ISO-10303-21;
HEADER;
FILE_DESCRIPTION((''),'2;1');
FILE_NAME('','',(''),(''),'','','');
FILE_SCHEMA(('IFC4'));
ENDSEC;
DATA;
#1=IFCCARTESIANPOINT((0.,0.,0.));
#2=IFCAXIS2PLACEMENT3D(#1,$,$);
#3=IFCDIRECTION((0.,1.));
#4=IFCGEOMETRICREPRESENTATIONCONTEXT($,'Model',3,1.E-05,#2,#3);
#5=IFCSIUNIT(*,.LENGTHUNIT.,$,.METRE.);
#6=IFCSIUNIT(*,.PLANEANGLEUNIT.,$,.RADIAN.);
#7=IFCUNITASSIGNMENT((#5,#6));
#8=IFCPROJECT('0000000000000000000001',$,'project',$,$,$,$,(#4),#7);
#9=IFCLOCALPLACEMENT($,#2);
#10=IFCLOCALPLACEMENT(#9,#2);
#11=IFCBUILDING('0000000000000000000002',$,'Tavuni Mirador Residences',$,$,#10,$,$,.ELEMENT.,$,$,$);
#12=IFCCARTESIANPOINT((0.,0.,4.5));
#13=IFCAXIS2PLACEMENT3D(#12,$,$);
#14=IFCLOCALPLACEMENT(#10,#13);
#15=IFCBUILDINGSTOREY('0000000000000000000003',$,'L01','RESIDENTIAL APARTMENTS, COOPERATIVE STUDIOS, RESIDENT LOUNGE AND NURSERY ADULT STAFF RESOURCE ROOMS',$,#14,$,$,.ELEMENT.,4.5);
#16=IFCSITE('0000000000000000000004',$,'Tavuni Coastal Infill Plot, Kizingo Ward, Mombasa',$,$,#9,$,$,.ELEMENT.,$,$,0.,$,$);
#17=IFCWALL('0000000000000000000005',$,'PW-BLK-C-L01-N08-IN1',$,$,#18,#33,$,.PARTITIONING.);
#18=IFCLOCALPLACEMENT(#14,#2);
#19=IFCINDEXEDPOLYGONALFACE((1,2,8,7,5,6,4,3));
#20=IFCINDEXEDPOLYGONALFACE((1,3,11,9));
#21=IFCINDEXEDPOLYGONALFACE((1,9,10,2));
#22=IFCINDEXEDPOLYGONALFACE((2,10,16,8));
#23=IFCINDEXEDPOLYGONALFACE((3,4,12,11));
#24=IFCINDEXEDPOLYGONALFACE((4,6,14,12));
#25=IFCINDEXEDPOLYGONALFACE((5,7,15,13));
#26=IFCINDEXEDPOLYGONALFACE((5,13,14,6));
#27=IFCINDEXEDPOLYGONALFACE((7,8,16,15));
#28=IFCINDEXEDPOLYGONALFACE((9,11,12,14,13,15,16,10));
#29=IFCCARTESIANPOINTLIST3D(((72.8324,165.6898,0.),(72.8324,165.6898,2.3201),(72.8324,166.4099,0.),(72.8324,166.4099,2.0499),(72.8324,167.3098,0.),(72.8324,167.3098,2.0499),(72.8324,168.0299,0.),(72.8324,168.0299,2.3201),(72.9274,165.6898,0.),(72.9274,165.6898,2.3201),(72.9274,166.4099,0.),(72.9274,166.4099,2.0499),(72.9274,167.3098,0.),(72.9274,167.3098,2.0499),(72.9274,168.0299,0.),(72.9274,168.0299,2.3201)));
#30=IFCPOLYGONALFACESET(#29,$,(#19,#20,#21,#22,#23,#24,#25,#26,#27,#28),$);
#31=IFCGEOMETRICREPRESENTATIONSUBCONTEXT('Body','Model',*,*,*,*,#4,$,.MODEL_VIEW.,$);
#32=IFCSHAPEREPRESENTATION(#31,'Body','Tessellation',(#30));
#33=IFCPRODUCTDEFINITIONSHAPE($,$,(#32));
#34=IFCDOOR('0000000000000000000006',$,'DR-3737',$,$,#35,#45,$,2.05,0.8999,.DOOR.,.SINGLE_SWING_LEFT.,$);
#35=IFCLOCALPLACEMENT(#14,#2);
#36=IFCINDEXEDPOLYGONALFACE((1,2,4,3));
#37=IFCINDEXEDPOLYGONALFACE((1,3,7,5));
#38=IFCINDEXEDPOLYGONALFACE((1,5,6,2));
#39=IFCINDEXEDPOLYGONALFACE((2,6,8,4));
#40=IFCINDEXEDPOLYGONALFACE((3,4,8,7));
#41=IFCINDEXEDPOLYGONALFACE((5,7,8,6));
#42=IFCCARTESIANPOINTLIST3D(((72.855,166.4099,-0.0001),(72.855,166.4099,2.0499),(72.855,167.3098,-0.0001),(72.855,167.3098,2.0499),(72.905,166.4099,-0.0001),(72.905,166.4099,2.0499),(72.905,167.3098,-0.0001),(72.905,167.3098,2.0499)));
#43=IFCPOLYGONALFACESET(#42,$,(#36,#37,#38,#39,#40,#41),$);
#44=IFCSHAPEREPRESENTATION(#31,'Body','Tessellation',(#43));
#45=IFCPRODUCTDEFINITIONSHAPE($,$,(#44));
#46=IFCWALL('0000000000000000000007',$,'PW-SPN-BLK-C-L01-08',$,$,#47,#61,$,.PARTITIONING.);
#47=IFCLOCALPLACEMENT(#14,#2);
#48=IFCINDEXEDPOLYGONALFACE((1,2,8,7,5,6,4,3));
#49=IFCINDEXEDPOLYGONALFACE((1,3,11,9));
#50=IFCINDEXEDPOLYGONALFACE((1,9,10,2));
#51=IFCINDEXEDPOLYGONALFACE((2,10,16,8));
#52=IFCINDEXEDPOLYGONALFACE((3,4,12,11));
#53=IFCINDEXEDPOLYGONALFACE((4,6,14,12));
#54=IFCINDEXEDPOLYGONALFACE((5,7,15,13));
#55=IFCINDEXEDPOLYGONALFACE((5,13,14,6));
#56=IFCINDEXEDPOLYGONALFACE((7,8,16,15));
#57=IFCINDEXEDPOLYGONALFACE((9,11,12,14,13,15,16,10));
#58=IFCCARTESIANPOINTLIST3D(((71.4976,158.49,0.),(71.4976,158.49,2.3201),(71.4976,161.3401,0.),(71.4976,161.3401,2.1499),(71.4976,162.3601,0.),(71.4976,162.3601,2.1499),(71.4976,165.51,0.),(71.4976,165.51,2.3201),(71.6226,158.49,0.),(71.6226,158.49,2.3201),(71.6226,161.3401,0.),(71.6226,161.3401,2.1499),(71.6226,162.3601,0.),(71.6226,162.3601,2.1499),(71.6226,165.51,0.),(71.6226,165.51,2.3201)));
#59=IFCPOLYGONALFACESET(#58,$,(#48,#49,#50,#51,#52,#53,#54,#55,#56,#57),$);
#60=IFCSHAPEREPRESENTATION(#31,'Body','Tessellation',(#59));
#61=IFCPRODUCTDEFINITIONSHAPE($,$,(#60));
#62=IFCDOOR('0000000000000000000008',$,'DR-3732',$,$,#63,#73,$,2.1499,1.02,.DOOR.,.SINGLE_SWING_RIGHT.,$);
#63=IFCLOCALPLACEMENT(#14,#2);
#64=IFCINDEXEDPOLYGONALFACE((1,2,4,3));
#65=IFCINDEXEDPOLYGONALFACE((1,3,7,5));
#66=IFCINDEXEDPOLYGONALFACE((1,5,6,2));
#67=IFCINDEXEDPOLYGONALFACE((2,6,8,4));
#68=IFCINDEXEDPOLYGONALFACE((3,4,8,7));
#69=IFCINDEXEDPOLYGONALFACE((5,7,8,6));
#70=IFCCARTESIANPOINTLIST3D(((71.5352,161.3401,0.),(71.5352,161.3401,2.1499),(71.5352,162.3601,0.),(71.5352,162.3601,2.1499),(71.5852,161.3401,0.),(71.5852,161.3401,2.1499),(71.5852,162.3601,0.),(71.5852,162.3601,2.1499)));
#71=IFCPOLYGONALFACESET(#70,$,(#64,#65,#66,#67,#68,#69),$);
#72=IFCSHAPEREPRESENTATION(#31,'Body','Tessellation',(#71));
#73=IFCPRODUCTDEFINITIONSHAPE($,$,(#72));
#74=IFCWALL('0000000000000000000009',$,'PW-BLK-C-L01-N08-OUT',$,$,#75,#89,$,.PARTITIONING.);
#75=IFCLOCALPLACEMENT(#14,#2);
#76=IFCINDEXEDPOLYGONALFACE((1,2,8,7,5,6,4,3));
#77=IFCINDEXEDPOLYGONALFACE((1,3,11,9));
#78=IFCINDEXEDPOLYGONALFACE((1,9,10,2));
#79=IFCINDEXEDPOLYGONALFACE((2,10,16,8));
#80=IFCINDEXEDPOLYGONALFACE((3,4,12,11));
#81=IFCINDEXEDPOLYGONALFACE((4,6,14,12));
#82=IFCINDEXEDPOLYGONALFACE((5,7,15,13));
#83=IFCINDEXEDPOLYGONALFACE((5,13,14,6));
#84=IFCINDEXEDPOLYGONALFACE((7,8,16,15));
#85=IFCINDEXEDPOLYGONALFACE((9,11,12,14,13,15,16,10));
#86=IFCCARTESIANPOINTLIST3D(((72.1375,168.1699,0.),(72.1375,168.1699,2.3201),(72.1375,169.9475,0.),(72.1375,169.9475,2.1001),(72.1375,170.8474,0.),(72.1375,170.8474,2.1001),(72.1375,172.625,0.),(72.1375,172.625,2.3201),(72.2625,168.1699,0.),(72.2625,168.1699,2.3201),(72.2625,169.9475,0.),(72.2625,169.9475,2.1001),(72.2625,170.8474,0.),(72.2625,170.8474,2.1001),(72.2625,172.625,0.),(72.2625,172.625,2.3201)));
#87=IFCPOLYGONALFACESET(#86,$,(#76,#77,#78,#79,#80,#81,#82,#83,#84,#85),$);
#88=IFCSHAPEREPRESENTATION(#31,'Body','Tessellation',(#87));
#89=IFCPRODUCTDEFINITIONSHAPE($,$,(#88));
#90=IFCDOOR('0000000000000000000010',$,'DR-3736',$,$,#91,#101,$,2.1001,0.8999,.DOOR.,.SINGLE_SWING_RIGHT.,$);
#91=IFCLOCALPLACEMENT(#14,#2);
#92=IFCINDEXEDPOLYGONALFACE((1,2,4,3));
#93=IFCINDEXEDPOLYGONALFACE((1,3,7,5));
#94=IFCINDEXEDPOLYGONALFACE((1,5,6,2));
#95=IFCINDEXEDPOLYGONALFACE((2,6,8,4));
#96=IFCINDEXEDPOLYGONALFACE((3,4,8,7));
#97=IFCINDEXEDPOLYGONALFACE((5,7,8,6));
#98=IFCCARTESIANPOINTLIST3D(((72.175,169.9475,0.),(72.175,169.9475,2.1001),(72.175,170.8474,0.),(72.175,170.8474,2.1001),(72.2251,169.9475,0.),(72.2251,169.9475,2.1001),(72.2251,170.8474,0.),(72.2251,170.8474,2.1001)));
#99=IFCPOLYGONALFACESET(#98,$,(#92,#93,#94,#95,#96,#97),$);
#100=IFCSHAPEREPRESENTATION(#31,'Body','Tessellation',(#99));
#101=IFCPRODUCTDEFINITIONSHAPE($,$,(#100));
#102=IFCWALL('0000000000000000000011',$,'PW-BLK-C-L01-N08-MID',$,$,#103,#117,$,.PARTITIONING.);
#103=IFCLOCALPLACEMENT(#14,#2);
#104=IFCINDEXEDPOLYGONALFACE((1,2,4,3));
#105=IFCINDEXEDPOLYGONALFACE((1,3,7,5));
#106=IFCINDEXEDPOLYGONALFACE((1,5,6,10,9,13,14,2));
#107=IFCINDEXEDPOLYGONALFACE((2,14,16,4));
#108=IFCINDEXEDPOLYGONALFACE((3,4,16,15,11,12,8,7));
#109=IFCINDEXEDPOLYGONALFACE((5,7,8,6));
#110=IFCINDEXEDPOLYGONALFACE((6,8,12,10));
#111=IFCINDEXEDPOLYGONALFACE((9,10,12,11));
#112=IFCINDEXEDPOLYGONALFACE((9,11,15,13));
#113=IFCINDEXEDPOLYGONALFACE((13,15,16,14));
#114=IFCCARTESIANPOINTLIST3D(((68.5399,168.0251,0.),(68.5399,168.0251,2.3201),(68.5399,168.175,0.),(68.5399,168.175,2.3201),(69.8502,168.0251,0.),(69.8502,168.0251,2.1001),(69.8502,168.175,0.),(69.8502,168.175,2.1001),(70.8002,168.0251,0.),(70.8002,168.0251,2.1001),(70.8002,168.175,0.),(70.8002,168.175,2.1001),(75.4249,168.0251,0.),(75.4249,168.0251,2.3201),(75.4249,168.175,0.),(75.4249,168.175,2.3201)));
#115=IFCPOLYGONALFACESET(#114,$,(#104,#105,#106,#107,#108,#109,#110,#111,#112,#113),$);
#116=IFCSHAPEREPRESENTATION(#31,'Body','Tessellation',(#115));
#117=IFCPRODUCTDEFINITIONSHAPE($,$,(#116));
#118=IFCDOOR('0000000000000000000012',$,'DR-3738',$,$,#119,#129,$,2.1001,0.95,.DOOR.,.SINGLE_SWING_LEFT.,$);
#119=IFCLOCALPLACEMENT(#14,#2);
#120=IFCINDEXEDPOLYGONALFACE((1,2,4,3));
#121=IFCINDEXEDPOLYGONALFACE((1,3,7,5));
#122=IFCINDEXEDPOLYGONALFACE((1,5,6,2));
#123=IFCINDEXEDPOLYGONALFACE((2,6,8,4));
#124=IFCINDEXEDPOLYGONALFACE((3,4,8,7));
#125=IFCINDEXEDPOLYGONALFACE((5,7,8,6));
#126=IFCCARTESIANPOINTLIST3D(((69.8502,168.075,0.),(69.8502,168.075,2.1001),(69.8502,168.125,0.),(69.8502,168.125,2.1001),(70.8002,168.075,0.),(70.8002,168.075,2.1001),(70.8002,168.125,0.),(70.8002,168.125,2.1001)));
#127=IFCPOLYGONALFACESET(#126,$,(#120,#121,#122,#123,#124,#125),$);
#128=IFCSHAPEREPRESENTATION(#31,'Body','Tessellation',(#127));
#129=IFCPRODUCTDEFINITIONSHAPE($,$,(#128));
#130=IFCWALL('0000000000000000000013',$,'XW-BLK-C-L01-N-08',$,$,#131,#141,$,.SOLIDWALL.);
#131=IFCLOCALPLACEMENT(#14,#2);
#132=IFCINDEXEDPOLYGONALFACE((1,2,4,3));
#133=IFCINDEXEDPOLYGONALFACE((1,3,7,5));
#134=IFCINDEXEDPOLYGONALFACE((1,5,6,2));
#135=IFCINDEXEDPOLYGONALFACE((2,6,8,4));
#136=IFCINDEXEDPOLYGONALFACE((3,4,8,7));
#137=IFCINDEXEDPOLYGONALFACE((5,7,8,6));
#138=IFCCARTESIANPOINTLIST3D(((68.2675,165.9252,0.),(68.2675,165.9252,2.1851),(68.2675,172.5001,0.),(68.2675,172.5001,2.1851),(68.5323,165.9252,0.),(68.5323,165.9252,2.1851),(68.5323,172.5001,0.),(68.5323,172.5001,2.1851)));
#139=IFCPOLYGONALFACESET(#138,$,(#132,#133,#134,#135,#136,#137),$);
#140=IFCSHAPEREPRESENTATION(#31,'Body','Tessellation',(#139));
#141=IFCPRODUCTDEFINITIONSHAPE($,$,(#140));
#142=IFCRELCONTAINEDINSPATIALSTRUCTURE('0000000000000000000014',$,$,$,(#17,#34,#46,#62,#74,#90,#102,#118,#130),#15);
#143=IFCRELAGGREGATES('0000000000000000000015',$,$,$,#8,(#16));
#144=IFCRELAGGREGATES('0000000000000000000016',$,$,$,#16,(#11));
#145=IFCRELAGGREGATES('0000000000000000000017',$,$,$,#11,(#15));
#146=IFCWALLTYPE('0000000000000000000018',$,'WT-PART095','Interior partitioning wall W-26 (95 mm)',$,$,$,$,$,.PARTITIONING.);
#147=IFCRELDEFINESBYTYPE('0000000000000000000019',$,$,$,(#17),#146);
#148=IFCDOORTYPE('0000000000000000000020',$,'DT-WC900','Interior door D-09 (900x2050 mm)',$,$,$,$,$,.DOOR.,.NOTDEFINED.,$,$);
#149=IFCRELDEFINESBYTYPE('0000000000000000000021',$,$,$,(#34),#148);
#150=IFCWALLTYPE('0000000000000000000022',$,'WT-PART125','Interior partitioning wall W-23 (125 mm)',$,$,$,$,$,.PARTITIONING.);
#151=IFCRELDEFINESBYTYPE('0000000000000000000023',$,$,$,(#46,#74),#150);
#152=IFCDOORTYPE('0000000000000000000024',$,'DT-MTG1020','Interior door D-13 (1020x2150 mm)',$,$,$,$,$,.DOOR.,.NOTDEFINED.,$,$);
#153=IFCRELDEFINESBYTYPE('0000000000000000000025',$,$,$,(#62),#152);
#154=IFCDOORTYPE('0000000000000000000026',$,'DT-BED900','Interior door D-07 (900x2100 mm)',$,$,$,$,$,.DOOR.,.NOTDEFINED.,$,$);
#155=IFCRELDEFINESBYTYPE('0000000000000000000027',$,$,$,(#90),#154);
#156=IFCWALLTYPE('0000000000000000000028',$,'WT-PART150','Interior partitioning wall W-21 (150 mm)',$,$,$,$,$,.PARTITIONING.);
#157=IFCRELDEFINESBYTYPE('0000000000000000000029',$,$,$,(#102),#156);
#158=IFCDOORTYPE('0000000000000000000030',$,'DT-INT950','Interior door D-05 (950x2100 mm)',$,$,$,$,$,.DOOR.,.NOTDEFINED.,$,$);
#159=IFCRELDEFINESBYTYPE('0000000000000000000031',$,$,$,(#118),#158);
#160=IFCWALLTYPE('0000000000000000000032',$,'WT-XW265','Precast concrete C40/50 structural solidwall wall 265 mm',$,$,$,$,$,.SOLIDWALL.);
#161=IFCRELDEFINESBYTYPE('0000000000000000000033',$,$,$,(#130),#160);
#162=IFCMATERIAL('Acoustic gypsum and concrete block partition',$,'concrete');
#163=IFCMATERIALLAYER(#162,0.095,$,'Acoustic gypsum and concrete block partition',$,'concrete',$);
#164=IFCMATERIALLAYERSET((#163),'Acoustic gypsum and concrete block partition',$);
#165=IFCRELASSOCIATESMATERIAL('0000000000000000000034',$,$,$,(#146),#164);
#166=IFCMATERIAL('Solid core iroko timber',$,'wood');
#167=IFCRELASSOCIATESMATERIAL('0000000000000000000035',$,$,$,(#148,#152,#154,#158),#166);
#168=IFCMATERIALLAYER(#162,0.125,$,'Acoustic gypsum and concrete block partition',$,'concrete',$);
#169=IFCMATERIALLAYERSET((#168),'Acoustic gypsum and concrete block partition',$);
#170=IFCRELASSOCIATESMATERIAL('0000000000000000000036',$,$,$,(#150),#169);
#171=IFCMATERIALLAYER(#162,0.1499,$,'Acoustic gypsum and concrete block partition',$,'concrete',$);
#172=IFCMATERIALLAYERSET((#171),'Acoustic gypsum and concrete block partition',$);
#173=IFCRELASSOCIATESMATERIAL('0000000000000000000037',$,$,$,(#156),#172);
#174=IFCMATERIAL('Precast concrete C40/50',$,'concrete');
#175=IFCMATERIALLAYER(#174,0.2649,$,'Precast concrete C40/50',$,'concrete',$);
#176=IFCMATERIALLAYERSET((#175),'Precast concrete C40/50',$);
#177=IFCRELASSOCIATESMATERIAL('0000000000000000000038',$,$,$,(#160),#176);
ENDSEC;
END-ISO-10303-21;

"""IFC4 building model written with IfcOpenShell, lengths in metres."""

from ifc_helpers import new_model, si_unit, direction, frame, frame_2d, origin, place, context, subcontext, project, spatial, rectangle, extrude, material, layer, layer_set, type_object, element, fill, save


model = new_model("IFC4")

# Units and contexts
model_context = context("Model", 3, precision=1e-05, world=origin(), true_north=direction((0.0, 1.0)))
body_context = subcontext(model_context, "Body", "Model", "MODEL_VIEW")
ifc_project = project(units=[si_unit("LENGTHUNIT", "METRE"), si_unit("PLANEANGLEUNIT", "RADIAN")], contexts=[model_context])

# Site, building, storey
site_placement = place(None, origin())
site = spatial("IfcSite", under=ifc_project, at=site_placement, Name="Tavuni Coastal Infill Plot, Kizingo Ward, Mombasa", CompositionType="ELEMENT", RefElevation=0.0)
building_placement = place(site_placement, origin())
building = spatial("IfcBuilding", under=site, at=building_placement, Name="Tavuni Mirador Residences", CompositionType="ELEMENT")
storey_placement = place(building_placement, frame((0.0, 0.0, 4.5)))
storey = spatial("IfcBuildingStorey", under=building, at=storey_placement, Name="L01", Description="RESIDENTIAL APARTMENTS, COOPERATIVE STUDIOS, RESIDENT LOUNGE AND NURSERY ADULT STAFF RESOURCE ROOMS", CompositionType="ELEMENT", Elevation=4.5)

# Shared definitions
ifc_material_1 = material(Name="Precast concrete C40/50", Category="concrete")

# Shared definitions
ifc_material_2 = material(Name="Solid core iroko timber", Category="wood")

# Walls, openings, doors
ifc_material_3 = material(Name="Acoustic gypsum and concrete block partition", Category="concrete")
ifc_layer_1 = layer(ifc_material_3, 0.095, Name="Acoustic gypsum and concrete block partition", Category="concrete")
ifc_layer_set_1 = layer_set([ifc_layer_1], Name="Acoustic gypsum and concrete block partition")
wall_type_1 = type_object("IfcWallType", Name="WT-PART095", Description="Interior partitioning wall W-26 (95 mm)", PredefinedType="PARTITIONING", material=ifc_layer_set_1)
wall_1_placement = place(storey_placement, frame((72.8799, 165.6899, 0.0), z_axis=(0.0, 0.0, 1.0), x_axis=(0.0, 1.0, 0.0)))
wall_1 = element("IfcWall", 1, at=wall_1_placement, inside=storey, type_object=wall_type_1, Name="PW-BLK-C-L01-N08-IN1", PredefinedType="PARTITIONING", context=body_context, shape_type="SweptSolid", body=[
    extrude(rectangle(XDim=2.3401, YDim=0.095, at=frame_2d((1.1699, 0.0))), origin(), (0.0, 0.0, 1.0), 2.3201),
])
opening_1_placement = place(wall_1_placement, frame((0.72, 0.0, 0.0)))
opening_1 = element("IfcOpeningElement", 2, at=opening_1_placement, cuts=wall_1, PredefinedType="OPENING", context=body_context, shape_type="SweptSolid", body=[
    extrude(rectangle(XDim=0.8999, YDim=2.05, at=frame_2d((0.45, 1.0249))), frame((0.0, 0.0576, 0.0), z_axis=(0.0, -1.0, 0.0), x_axis=(1.0, 0.0, 0.0)), (0.0, 0.0, 1.0), 0.115),
])
door_type_1 = type_object("IfcDoorType", Name="DT-WC900", Description="Interior door D-09 (900x2050 mm)", OperationType="NOTDEFINED", PredefinedType="DOOR", material=ifc_material_2)
door_1_placement = place(opening_1_placement, origin())
door_1 = element("IfcDoor", 3, at=door_1_placement, inside=storey, type_object=door_type_1, Name="DR-3737", OperationType="SINGLE_SWING_LEFT", OverallHeight=2.05, OverallWidth=0.8999, PredefinedType="DOOR", context=body_context, shape_type="SweptSolid", body=[
    extrude(rectangle(XDim=0.8999, YDim=2.05, at=frame_2d((0.45, 1.0249))), frame((0.0, 0.0249, 0.0), z_axis=(0.0, -1.0, 0.0), x_axis=(1.0, 0.0, 0.0)), (0.0, 0.0, 1.0), 0.05),
])
fill(opening_1, door_1)
ifc_layer_2 = layer(ifc_material_3, 0.125, Name="Acoustic gypsum and concrete block partition", Category="concrete")
ifc_layer_set_2 = layer_set([ifc_layer_2], Name="Acoustic gypsum and concrete block partition")
wall_type_2 = type_object("IfcWallType", Name="WT-PART125", Description="Interior partitioning wall W-23 (125 mm)", PredefinedType="PARTITIONING", material=ifc_layer_set_2)
wall_2_placement = place(storey_placement, frame((71.5601, 158.49, 0.0), z_axis=(0.0, 0.0, 1.0), x_axis=(0.0, 1.0, 0.0)))
wall_2 = element("IfcWall", 4, at=wall_2_placement, inside=storey, type_object=wall_type_2, Name="PW-SPN-BLK-C-L01-08", PredefinedType="PARTITIONING", context=body_context, shape_type="SweptSolid", body=[
    extrude(rectangle(XDim=7.02, YDim=0.125, at=frame_2d((3.51, 0.0))), origin(), (0.0, 0.0, 1.0), 2.3201),
])
opening_2_placement = place(wall_2_placement, frame((2.8501, 0.0, 0.0)))
opening_2 = element("IfcOpeningElement", 5, at=opening_2_placement, cuts=wall_2, PredefinedType="OPENING", context=body_context, shape_type="SweptSolid", body=[
    extrude(rectangle(XDim=1.02, YDim=2.1499, at=frame_2d((0.51, 1.075))), frame((0.0, 0.0725, 0.0), z_axis=(0.0, -1.0, 0.0), x_axis=(1.0, 0.0, 0.0)), (0.0, 0.0, 1.0), 0.145),
])
door_type_2 = type_object("IfcDoorType", Name="DT-MTG1020", Description="Interior door D-13 (1020x2150 mm)", OperationType="NOTDEFINED", PredefinedType="DOOR", material=ifc_material_2)
door_2_placement = place(opening_2_placement, origin())
door_2 = element("IfcDoor", 6, at=door_2_placement, inside=storey, type_object=door_type_2, Name="DR-3732", OperationType="SINGLE_SWING_RIGHT", OverallHeight=2.1499, OverallWidth=1.02, PredefinedType="DOOR", context=body_context, shape_type="SweptSolid", body=[
    extrude(rectangle(XDim=1.02, YDim=2.1499, at=frame_2d((0.51, 1.075))), frame((0.0, 0.0249, 0.0), z_axis=(0.0, -1.0, 0.0), x_axis=(1.0, 0.0, 0.0)), (0.0, 0.0, 1.0), 0.05),
])
fill(opening_2, door_2)
wall_3_placement = place(storey_placement, frame((72.2, 168.1699, 0.0), z_axis=(0.0, 0.0, 1.0), x_axis=(0.0, 1.0, 0.0)))
wall_3 = element("IfcWall", 7, at=wall_3_placement, inside=storey, type_object=wall_type_2, Name="PW-BLK-C-L01-N08-OUT", PredefinedType="PARTITIONING", context=body_context, shape_type="SweptSolid", body=[
    extrude(rectangle(XDim=4.4551, YDim=0.125, at=frame_2d((2.2275, 0.0))), origin(), (0.0, 0.0, 1.0), 2.3201),
])
opening_3_placement = place(wall_3_placement, frame((1.7776, 0.0, 0.0)))
opening_3 = element("IfcOpeningElement", 8, at=opening_3_placement, cuts=wall_3, PredefinedType="OPENING", context=body_context, shape_type="SweptSolid", body=[
    extrude(rectangle(XDim=0.8999, YDim=2.1001, at=frame_2d((0.45, 1.05))), frame((0.0, 0.0725, 0.0), z_axis=(0.0, -1.0, 0.0), x_axis=(1.0, 0.0, 0.0)), (0.0, 0.0, 1.0), 0.145),
])
door_type_3 = type_object("IfcDoorType", Name="DT-BED900", Description="Interior door D-07 (900x2100 mm)", OperationType="NOTDEFINED", PredefinedType="DOOR", material=ifc_material_2)
door_3_placement = place(opening_3_placement, origin())
door_3 = element("IfcDoor", 9, at=door_3_placement, inside=storey, type_object=door_type_3, Name="DR-3736", OperationType="SINGLE_SWING_RIGHT", OverallHeight=2.1001, OverallWidth=0.8999, PredefinedType="DOOR", context=body_context, shape_type="SweptSolid", body=[
    extrude(rectangle(XDim=0.8999, YDim=2.1001, at=frame_2d((0.45, 1.05))), frame((0.0, 0.0249, 0.0), z_axis=(0.0, -1.0, 0.0), x_axis=(1.0, 0.0, 0.0)), (0.0, 0.0, 1.0), 0.05),
])
fill(opening_3, door_3)
ifc_layer_3 = layer(ifc_material_3, 0.1499, Name="Acoustic gypsum and concrete block partition", Category="concrete")
ifc_layer_set_3 = layer_set([ifc_layer_3], Name="Acoustic gypsum and concrete block partition")
wall_type_3 = type_object("IfcWallType", Name="WT-PART150", Description="Interior partitioning wall W-21 (150 mm)", PredefinedType="PARTITIONING", material=ifc_layer_set_3)
wall_4_placement = place(storey_placement, frame((68.54, 168.1001, 0.0), z_axis=(0.0, 0.0, 1.0), x_axis=(1.0, 0.0, 0.0)))
wall_4 = element("IfcWall", 10, at=wall_4_placement, inside=storey, type_object=wall_type_3, Name="PW-BLK-C-L01-N08-MID", PredefinedType="PARTITIONING", context=body_context, shape_type="SweptSolid", body=[
    extrude(rectangle(XDim=6.885, YDim=0.1499, at=frame_2d((3.4424, 0.0))), origin(), (0.0, 0.0, 1.0), 2.3201),
])
opening_4_placement = place(wall_4_placement, frame((1.3101, 0.0, 0.0)))
opening_4 = element("IfcOpeningElement", 11, at=opening_4_placement, cuts=wall_4, PredefinedType="OPENING", context=body_context, shape_type="SweptSolid", body=[
    extrude(rectangle(XDim=0.95, YDim=2.1001, at=frame_2d((0.4751, 1.05))), frame((0.0, 0.085, 0.0), z_axis=(0.0, -1.0, 0.0), x_axis=(1.0, 0.0, 0.0)), (0.0, 0.0, 1.0), 0.1699),
])
door_type_4 = type_object("IfcDoorType", Name="DT-INT950", Description="Interior door D-05 (950x2100 mm)", OperationType="NOTDEFINED", PredefinedType="DOOR", material=ifc_material_2)
door_4_placement = place(opening_4_placement, origin())
door_4 = element("IfcDoor", 12, at=door_4_placement, inside=storey, type_object=door_type_4, Name="DR-3738", OperationType="SINGLE_SWING_LEFT", OverallHeight=2.1001, OverallWidth=0.95, PredefinedType="DOOR", context=body_context, shape_type="SweptSolid", body=[
    extrude(rectangle(XDim=0.95, YDim=2.1001, at=frame_2d((0.4751, 1.05))), frame((0.0, 0.0249, 0.0), z_axis=(0.0, -1.0, 0.0), x_axis=(1.0, 0.0, 0.0)), (0.0, 0.0, 1.0), 0.05),
])
fill(opening_4, door_4)

# Wall
ifc_layer_4 = layer(ifc_material_1, 0.2649, Name="Precast concrete C40/50", Category="concrete")
ifc_layer_set_4 = layer_set([ifc_layer_4], Name="Precast concrete C40/50")
wall_type_4 = type_object("IfcWallType", Name="WT-XW265", Description="Precast concrete C40/50 structural solidwall wall 265 mm", PredefinedType="SOLIDWALL", material=ifc_layer_set_4)
wall_5_placement = place(storey_placement, frame((68.3999, 165.925, 0.0), z_axis=(0.0, 0.0, 1.0), x_axis=(0.0, 1.0, 0.0)))
element("IfcWall", 13, at=wall_5_placement, inside=storey, type_object=wall_type_4, Name="XW-BLK-C-L01-N-08", PredefinedType="SOLIDWALL", context=body_context, shape_type="SweptSolid", body=[
    extrude(rectangle(XDim=6.575, YDim=0.2649, at=frame_2d((3.2876, 0.0))), origin(), (0.0, 0.0, 1.0), 2.1851),
])

save(model, "model.ifc")
